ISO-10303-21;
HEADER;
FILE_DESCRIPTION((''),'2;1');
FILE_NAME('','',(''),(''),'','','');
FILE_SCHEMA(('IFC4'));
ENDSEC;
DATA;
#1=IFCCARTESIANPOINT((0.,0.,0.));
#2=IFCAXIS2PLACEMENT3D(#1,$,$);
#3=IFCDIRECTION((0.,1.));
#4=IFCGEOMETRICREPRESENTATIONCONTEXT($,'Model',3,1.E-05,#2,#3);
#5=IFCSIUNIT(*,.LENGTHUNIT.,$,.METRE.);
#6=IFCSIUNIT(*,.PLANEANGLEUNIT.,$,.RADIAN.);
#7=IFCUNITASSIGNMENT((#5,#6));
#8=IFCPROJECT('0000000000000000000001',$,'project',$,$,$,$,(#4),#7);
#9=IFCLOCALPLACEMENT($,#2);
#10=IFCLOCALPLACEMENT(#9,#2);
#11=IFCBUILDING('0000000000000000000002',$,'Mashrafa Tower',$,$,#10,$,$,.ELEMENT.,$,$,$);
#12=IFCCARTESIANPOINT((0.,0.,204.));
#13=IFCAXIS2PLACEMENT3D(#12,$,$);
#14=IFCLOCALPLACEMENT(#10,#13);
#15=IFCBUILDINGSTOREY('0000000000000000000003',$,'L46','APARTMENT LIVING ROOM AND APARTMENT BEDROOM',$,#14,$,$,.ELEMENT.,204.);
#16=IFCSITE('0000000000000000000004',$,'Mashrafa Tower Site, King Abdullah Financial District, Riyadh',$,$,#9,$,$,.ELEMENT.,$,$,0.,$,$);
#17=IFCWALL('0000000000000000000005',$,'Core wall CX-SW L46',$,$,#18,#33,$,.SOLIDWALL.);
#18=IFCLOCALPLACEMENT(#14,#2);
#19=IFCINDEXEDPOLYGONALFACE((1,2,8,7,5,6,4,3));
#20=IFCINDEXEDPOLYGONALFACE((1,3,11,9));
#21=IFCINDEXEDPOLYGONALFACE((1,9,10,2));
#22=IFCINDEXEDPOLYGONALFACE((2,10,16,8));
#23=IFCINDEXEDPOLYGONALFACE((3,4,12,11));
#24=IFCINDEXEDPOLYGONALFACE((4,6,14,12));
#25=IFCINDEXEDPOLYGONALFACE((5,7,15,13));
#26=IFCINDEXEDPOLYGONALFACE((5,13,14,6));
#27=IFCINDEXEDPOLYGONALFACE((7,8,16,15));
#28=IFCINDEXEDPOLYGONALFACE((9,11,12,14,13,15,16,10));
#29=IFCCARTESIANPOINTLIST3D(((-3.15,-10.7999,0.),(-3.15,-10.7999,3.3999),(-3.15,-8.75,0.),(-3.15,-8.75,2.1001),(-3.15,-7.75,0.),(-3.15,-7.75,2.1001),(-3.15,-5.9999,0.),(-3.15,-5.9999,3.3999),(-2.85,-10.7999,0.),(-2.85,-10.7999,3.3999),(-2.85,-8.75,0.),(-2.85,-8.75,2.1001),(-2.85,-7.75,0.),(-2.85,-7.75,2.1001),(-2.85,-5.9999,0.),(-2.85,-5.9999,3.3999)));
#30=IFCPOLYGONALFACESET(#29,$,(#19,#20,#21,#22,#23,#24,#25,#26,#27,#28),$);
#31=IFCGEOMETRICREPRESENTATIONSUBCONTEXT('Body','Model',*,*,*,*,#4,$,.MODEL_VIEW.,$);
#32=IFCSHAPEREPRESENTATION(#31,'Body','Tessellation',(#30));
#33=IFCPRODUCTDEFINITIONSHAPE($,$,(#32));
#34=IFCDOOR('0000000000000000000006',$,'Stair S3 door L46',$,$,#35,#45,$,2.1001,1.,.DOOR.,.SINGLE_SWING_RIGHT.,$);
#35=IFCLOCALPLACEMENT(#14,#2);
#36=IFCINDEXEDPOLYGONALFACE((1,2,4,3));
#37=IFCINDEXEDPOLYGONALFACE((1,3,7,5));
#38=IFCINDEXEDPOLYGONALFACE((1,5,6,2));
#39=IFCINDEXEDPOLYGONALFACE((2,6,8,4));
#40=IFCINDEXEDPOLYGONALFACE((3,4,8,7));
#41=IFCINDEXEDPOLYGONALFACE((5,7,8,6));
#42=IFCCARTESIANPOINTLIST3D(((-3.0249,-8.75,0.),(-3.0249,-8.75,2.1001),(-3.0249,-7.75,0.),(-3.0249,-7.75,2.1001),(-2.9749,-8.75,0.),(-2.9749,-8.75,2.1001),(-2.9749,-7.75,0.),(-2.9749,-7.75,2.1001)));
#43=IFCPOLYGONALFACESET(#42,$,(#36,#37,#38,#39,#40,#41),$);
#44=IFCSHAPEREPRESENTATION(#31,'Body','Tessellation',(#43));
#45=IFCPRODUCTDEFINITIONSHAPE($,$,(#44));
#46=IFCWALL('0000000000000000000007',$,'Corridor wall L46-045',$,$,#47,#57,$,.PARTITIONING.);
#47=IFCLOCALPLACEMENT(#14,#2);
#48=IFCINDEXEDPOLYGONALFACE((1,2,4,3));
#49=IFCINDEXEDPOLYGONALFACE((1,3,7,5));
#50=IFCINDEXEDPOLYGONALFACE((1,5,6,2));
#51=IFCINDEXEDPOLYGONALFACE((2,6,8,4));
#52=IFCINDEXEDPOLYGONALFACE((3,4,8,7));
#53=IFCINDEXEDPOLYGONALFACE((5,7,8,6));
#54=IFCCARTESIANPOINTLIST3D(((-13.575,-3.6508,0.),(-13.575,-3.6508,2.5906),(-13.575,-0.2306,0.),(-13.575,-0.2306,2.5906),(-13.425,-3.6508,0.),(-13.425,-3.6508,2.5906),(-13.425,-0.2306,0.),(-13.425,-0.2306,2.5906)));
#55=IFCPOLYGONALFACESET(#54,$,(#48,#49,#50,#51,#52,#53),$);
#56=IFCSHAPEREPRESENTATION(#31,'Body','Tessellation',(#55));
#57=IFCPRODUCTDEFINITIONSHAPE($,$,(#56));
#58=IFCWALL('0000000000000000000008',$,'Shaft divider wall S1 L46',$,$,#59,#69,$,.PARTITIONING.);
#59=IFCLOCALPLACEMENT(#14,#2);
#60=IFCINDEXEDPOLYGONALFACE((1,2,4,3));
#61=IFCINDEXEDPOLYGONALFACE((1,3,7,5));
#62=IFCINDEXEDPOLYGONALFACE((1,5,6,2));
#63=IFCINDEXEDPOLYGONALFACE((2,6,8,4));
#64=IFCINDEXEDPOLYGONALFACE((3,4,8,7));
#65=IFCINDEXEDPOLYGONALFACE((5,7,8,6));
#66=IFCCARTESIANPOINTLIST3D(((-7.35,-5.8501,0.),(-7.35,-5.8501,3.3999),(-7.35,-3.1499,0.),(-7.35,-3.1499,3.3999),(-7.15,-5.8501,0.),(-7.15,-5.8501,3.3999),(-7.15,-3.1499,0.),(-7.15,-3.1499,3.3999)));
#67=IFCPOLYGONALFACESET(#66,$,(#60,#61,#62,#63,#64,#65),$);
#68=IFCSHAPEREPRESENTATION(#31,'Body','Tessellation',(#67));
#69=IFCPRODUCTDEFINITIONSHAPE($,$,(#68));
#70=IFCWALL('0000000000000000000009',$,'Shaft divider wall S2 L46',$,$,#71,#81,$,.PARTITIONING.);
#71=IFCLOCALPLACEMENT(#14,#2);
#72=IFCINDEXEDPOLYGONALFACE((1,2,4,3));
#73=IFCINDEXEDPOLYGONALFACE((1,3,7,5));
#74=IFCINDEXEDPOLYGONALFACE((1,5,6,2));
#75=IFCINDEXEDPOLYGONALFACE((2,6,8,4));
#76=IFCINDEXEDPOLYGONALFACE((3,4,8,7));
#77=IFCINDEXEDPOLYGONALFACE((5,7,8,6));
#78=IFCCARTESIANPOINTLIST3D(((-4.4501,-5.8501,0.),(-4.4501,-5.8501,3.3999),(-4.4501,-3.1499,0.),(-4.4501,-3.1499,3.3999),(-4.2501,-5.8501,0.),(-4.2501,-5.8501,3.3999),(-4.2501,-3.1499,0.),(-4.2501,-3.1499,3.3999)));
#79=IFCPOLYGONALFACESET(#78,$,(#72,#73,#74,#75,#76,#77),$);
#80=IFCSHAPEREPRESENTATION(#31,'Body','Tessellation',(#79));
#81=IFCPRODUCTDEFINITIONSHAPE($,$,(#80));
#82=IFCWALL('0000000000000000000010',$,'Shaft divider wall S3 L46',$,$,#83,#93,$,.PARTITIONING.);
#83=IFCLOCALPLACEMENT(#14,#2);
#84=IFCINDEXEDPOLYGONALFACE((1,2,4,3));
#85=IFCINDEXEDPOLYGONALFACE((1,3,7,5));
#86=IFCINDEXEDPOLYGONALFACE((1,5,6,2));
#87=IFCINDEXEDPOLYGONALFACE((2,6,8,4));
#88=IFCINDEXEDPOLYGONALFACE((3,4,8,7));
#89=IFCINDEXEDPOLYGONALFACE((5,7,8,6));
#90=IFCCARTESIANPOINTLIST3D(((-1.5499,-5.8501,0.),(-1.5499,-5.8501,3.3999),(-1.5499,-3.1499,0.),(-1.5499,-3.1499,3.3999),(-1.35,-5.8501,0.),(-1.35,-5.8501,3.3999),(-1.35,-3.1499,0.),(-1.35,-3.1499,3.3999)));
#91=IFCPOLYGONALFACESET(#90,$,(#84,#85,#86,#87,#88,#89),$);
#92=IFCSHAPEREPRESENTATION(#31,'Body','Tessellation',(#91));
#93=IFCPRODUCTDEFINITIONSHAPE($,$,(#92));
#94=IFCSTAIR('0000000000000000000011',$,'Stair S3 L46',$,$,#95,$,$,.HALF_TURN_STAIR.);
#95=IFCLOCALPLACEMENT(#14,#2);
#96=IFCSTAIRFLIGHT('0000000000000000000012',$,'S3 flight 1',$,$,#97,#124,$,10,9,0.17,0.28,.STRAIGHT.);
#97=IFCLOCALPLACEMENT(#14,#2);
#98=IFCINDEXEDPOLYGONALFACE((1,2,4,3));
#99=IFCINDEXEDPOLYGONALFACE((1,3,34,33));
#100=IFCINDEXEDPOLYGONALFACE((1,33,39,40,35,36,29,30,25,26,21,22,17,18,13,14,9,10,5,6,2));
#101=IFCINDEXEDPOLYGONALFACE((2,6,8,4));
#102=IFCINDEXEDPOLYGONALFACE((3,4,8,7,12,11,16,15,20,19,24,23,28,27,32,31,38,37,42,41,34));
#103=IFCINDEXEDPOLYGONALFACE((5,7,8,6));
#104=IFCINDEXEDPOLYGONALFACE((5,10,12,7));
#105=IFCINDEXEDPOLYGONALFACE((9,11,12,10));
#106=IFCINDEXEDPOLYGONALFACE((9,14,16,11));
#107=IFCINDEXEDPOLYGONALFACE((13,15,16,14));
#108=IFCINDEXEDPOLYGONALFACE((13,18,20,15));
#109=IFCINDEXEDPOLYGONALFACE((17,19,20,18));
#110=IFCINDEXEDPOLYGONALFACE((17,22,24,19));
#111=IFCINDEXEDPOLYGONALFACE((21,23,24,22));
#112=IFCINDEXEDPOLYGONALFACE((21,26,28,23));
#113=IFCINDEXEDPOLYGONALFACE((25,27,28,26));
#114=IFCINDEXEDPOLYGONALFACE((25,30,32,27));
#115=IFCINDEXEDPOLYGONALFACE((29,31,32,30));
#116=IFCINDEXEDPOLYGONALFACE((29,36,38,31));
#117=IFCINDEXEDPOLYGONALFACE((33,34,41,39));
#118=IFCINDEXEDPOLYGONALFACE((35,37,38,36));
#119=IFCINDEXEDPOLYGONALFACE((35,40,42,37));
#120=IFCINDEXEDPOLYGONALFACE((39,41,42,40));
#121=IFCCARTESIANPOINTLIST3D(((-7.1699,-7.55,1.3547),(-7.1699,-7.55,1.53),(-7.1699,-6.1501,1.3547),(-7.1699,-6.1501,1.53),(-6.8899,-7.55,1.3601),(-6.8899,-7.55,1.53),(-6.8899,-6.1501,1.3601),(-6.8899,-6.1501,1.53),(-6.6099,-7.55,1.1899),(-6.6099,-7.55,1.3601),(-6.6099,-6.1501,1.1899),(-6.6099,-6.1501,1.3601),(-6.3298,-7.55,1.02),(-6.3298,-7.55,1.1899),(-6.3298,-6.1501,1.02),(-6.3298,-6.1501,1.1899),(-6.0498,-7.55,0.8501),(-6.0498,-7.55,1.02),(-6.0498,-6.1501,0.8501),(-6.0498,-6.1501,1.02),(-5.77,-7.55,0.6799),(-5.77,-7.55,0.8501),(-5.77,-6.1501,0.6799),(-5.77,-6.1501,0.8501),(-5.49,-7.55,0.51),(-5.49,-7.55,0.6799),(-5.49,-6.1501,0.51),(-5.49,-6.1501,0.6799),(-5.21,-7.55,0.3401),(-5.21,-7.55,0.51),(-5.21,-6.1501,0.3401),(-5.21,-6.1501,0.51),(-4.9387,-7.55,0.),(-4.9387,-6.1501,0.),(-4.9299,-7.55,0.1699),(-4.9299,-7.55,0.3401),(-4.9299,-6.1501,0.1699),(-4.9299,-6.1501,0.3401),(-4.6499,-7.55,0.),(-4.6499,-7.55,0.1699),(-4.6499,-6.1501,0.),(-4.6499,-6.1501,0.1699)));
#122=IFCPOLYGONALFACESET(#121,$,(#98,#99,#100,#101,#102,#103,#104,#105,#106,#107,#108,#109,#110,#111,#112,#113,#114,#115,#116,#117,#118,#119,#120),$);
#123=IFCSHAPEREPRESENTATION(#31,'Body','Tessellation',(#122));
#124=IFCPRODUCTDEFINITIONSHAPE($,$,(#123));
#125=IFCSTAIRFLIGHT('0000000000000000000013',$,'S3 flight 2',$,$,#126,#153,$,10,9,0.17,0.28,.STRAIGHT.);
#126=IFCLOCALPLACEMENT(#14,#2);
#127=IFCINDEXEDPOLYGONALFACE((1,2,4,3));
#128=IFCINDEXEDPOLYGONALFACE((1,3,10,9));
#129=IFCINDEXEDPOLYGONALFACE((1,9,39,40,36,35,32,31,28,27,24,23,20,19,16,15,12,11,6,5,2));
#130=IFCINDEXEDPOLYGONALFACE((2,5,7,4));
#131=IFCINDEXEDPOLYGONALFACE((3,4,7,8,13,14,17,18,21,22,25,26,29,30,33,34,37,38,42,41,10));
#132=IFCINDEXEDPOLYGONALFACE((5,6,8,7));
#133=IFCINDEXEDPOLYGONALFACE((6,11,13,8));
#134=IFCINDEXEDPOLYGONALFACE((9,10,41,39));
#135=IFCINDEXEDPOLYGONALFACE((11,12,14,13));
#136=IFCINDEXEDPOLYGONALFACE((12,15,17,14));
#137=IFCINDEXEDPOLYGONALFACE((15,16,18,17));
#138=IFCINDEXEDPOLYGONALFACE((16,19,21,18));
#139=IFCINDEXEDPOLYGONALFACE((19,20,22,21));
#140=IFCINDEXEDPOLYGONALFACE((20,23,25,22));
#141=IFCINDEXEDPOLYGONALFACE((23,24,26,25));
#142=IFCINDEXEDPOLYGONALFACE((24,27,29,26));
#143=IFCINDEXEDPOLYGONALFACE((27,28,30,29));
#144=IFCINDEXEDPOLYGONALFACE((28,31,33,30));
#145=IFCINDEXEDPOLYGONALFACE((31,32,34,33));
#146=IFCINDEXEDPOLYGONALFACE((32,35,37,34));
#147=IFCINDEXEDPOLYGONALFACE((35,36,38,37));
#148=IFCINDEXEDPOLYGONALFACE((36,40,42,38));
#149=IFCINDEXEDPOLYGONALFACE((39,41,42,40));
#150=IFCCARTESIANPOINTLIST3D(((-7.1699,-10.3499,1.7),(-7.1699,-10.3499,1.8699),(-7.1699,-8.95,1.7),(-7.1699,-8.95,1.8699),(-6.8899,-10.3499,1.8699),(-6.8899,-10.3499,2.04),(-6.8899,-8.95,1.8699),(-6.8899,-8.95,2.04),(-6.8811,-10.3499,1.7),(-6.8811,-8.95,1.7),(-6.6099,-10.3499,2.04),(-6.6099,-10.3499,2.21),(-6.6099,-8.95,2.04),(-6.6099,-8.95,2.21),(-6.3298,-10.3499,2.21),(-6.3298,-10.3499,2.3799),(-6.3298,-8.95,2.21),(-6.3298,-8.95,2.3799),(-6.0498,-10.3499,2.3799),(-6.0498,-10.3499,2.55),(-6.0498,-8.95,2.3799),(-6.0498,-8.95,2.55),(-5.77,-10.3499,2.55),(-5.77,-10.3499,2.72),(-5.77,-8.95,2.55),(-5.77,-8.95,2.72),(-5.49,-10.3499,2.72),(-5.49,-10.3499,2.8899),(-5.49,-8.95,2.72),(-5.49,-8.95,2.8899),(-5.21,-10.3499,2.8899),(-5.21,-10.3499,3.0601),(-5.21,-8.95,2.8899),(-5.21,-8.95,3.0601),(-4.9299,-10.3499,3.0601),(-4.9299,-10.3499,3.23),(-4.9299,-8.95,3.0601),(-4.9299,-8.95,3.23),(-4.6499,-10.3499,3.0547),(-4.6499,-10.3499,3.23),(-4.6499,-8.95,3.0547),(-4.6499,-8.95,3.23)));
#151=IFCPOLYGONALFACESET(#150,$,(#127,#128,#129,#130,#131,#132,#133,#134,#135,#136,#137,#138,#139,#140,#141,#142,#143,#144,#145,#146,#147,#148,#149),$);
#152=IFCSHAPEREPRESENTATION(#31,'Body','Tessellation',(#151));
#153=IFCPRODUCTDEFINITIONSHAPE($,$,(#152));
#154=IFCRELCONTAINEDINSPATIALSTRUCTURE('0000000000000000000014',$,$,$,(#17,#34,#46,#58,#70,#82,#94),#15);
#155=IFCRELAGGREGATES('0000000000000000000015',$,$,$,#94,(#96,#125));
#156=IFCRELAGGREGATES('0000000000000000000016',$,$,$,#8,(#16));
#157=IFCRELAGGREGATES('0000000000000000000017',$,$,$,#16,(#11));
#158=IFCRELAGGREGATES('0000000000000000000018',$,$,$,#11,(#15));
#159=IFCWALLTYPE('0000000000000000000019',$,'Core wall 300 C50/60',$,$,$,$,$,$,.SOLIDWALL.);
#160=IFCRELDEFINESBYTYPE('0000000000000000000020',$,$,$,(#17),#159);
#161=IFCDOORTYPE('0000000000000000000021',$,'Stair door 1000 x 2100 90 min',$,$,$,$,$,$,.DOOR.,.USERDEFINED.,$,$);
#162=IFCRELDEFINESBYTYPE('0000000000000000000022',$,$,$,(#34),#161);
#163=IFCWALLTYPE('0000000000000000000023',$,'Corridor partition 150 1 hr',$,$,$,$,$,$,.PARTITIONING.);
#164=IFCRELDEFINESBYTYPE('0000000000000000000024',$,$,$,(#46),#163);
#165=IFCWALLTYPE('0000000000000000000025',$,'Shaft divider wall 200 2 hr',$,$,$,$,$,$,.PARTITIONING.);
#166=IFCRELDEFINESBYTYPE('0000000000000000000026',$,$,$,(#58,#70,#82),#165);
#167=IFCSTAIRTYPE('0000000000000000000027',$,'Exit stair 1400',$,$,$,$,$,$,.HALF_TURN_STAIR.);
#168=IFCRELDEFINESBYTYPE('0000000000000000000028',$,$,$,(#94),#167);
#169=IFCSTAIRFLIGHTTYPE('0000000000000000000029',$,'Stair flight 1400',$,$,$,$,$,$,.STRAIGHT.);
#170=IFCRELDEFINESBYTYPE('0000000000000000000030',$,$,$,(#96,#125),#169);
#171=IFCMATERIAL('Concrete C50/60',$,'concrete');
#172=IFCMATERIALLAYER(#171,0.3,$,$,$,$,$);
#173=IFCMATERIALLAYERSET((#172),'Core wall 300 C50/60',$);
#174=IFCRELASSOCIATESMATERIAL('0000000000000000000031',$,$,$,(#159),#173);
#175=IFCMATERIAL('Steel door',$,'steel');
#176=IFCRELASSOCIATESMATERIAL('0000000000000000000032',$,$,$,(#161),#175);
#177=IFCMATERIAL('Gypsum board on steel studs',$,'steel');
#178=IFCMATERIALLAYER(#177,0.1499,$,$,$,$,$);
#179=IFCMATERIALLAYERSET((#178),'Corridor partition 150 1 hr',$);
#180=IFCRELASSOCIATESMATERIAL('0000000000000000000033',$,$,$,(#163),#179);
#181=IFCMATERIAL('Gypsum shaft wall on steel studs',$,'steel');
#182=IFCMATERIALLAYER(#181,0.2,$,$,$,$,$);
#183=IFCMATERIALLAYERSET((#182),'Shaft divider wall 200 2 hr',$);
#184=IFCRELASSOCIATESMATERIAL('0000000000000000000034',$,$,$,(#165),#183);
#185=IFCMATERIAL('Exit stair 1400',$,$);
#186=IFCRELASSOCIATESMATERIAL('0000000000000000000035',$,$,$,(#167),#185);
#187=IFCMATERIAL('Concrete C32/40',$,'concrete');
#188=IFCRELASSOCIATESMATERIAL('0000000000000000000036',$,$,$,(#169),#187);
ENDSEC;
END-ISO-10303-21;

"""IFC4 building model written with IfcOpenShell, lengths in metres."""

from ifc_helpers import new_model, si_unit, direction, frame, frame_2d, origin, place, context, subcontext, project, spatial, polyline, rectangle, outline, extrude, material, layer, layer_set, type_object, element, fill, aggregate, save


model = new_model("IFC4")

# Units and contexts
model_context = context("Model", 3, precision=1e-05, world=origin(), true_north=direction((0.0, 1.0)))
body_context = subcontext(model_context, "Body", "Model", "MODEL_VIEW")
ifc_project = project(units=[si_unit("LENGTHUNIT", "METRE"), si_unit("PLANEANGLEUNIT", "RADIAN")], contexts=[model_context])

# Site, building, storey
site_placement = place(None, origin())
site = spatial("IfcSite", under=ifc_project, at=site_placement, Name="Mashrafa Tower Site, King Abdullah Financial District, Riyadh", CompositionType="ELEMENT", RefElevation=0.0)
building_placement = place(site_placement, origin())
building = spatial("IfcBuilding", under=site, at=building_placement, Name="Mashrafa Tower", CompositionType="ELEMENT")
storey_placement = place(building_placement, frame((0.0, 0.0, 204.0)))
storey = spatial("IfcBuildingStorey", under=building, at=storey_placement, Name="L46", Description="APARTMENT LIVING ROOM AND APARTMENT BEDROOM", CompositionType="ELEMENT", Elevation=204.0)

# Shared definitions
ifc_material_1 = material(Name="Concrete C50/60", Category="concrete")
ifc_layer_1 = layer(ifc_material_1, 0.3)
ifc_layer_set_1 = layer_set([ifc_layer_1], Name="Core wall 300 C50/60")
wall_type_1 = type_object("IfcWallType", Name="Core wall 300 C50/60", PredefinedType="SOLIDWALL", material=ifc_layer_set_1)

# Wall, opening, door
wall_1_placement = place(storey_placement, frame((-3.0, -6.0, 0.0), z_axis=(0.0, 0.0, 1.0), x_axis=(0.0, -1.0, 0.0)))
wall_1 = element("IfcWall", 1, at=wall_1_placement, inside=storey, type_object=wall_type_1, Name="Core wall CX-SW L46", PredefinedType="SOLIDWALL", context=body_context, shape_type="SweptSolid", body=[
    extrude(rectangle(XDim=4.8, YDim=0.3, at=frame_2d((2.3999, 0.0))), origin(), (0.0, 0.0, 1.0), 3.3999),
])
opening_1_placement = place(wall_1_placement, frame((1.75, 0.0, 0.0)))
opening_1 = element("IfcOpeningElement", 2, at=opening_1_placement, cuts=wall_1, PredefinedType="OPENING", context=body_context, shape_type="SweptSolid", body=[
    extrude(rectangle(XDim=1.0, YDim=2.1001, at=frame_2d((0.5, 1.05))), frame((0.0, 0.1599, 0.0), z_axis=(0.0, -1.0, 0.0), x_axis=(1.0, 0.0, 0.0)), (0.0, 0.0, 1.0), 0.3201),
])
ifc_material_2 = material(Name="Steel door", Category="steel")
door_type_1 = type_object("IfcDoorType", Name="Stair door 1000 x 2100 90 min", OperationType="USERDEFINED", PredefinedType="DOOR", material=ifc_material_2)
door_1_placement = place(opening_1_placement, frame((1.0, 0.0, 0.0), z_axis=(0.0, 0.0, 1.0), x_axis=(-1.0, 0.0, 0.0)))
door_1 = element("IfcDoor", 3, at=door_1_placement, inside=storey, type_object=door_type_1, Name="Stair S3 door L46", OperationType="SINGLE_SWING_RIGHT", OverallHeight=2.1001, OverallWidth=1.0, PredefinedType="DOOR", context=body_context, shape_type="SweptSolid", body=[
    extrude(rectangle(XDim=1.0, YDim=2.1001, at=frame_2d((0.5, 1.05))), frame((0.0, 0.0249, 0.0), z_axis=(0.0, -1.0, 0.0), x_axis=(1.0, 0.0, 0.0)), (0.0, 0.0, 1.0), 0.05),
])
fill(opening_1, door_1)

# Walls
ifc_material_3 = material(Name="Gypsum board on steel studs", Category="steel")
ifc_layer_2 = layer(ifc_material_3, 0.1499)
ifc_layer_set_2 = layer_set([ifc_layer_2], Name="Corridor partition 150 1 hr")
wall_type_2 = type_object("IfcWallType", Name="Corridor partition 150 1 hr", PredefinedType="PARTITIONING", material=ifc_layer_set_2)
wall_2_placement = place(storey_placement, frame((-13.5, -0.2307, 0.0), z_axis=(0.0, 0.0, 1.0), x_axis=(0.0, -1.0, 0.0)))
element("IfcWall", 4, at=wall_2_placement, inside=storey, type_object=wall_type_2, Name="Corridor wall L46-045", PredefinedType="PARTITIONING", context=body_context, shape_type="SweptSolid", body=[
    extrude(rectangle(XDim=3.4202, YDim=0.1499, at=frame_2d((1.71, 0.0))), origin(), (0.0, 0.0, 1.0), 2.5906),
])
ifc_material_4 = material(Name="Gypsum shaft wall on steel studs", Category="steel")
ifc_layer_3 = layer(ifc_material_4, 0.2)
ifc_layer_set_3 = layer_set([ifc_layer_3], Name="Shaft divider wall 200 2 hr")
wall_type_3 = type_object("IfcWallType", Name="Shaft divider wall 200 2 hr", PredefinedType="PARTITIONING", material=ifc_layer_set_3)
for number, where, z_axis, x_axis, name in (
    (5, (-7.25, -5.8501, 0.0), (0.0, 0.0, 1.0), (0.0, 1.0, 0.0), "Shaft divider wall S1 L46"),
    (6, (-4.3501, -5.8501, 0.0), (0.0, 0.0, 1.0), (0.0, 1.0, 0.0), "Shaft divider wall S2 L46"),
    (7, (-1.45, -5.8501, 0.0), (0.0, 0.0, 1.0), (0.0, 1.0, 0.0), "Shaft divider wall S3 L46"),
):
    element("IfcWall", number, at=place(storey_placement, frame(where, z_axis=z_axis, x_axis=x_axis)), inside=storey, type_object=wall_type_3, Name=name, PredefinedType="PARTITIONING", context=body_context, shape_type="SweptSolid", body=[
        extrude(rectangle(XDim=2.7002, YDim=0.2, at=frame_2d((1.3501, 0.0))), origin(), (0.0, 0.0, 1.0), 3.3999),
    ])

# Stair, stair flights
ifc_material_5 = material(Name="Exit stair 1400")
stair_type = type_object("IfcStairType", Name="Exit stair 1400", PredefinedType="HALF_TURN_STAIR", material=ifc_material_5)
stair_placement = place(storey_placement, origin())
stair = element("IfcStair", 8, at=stair_placement, inside=storey, type_object=stair_type, Name="Stair S3 L46", PredefinedType="HALF_TURN_STAIR")
ifc_material_6 = material(Name="Concrete C32/40", Category="concrete")
stair_flight_type = type_object("IfcStairFlightType", Name="Stair flight 1400", PredefinedType="STRAIGHT", material=ifc_material_6)
stair_flight_1_placement = place(storey_placement, frame((-4.6499, -6.8501, 0.0), z_axis=(0.0, 0.0, 1.0), x_axis=(-1.0, 0.0, 0.0)))
stair_flight_1 = element("IfcStairFlight", 9, at=stair_flight_1_placement, type_object=stair_flight_type, Name="S3 flight 1", NumberOfRisers=10, NumberOfTreads=9, PredefinedType="STRAIGHT", RiserHeight=0.17, TreadLength=0.28, context=body_context, shape_type="SweptSolid", body=[
    extrude(outline(polyline([(0.0, 0.0), (0.0, 0.1699), (0.28, 0.1699), (0.28, 0.3401), (0.5601, 0.3401), (0.5601, 0.51), (0.8401, 0.51), (0.8401, 0.6799), (1.1201, 0.6799), (1.1201, 0.8501), (1.3999, 0.8501), (1.3999, 1.02), (1.6799, 1.02), (1.6799, 1.1899), (1.96, 1.1899), (1.96, 1.3601), (2.24, 1.3601), (2.24, 1.53), (2.52, 1.53), (2.52, 1.7), (2.52, 1.3547), (0.2888, 0.0), (0.0, 0.0)])), frame((0.0, 0.7, 0.0), z_axis=(0.0, -1.0, 0.0), x_axis=(1.0, 0.0, 0.0)), (0.0, 0.0, 1.0), 1.3999),
])
stair_flight_2_placement = place(storey_placement, frame((-7.1699, -9.6499, 1.7), z_axis=(0.0, 0.0, 1.0), x_axis=(1.0, 0.0, 0.0)))
stair_flight_2 = element("IfcStairFlight", 10, at=stair_flight_2_placement, type_object=stair_flight_type, Name="S3 flight 2", NumberOfRisers=10, NumberOfTreads=9, PredefinedType="STRAIGHT", RiserHeight=0.17, TreadLength=0.28, context=body_context, shape_type="SweptSolid", body=[
    extrude(outline(polyline([(0.0, 0.0), (0.0, 0.1699), (0.28, 0.1699), (0.28, 0.3401), (0.5601, 0.3401), (0.5601, 0.51), (0.8401, 0.51), (0.8401, 0.6799), (1.1201, 0.6799), (1.1201, 0.8501), (1.3999, 0.8501), (1.3999, 1.02), (1.6799, 1.02), (1.6799, 1.1899), (1.96, 1.1899), (1.96, 1.3601), (2.24, 1.3601), (2.24, 1.53), (2.52, 1.53), (2.52, 1.7), (2.52, 1.3547), (0.2888, 0.0), (0.0, 0.0)])), frame((0.0, 0.7, 0.0), z_axis=(0.0, -1.0, 0.0), x_axis=(1.0, 0.0, 0.0)), (0.0, 0.0, 1.0), 1.3999),
])
aggregate(stair, [stair_flight_1, stair_flight_2])

save(model, "model.ifc")
